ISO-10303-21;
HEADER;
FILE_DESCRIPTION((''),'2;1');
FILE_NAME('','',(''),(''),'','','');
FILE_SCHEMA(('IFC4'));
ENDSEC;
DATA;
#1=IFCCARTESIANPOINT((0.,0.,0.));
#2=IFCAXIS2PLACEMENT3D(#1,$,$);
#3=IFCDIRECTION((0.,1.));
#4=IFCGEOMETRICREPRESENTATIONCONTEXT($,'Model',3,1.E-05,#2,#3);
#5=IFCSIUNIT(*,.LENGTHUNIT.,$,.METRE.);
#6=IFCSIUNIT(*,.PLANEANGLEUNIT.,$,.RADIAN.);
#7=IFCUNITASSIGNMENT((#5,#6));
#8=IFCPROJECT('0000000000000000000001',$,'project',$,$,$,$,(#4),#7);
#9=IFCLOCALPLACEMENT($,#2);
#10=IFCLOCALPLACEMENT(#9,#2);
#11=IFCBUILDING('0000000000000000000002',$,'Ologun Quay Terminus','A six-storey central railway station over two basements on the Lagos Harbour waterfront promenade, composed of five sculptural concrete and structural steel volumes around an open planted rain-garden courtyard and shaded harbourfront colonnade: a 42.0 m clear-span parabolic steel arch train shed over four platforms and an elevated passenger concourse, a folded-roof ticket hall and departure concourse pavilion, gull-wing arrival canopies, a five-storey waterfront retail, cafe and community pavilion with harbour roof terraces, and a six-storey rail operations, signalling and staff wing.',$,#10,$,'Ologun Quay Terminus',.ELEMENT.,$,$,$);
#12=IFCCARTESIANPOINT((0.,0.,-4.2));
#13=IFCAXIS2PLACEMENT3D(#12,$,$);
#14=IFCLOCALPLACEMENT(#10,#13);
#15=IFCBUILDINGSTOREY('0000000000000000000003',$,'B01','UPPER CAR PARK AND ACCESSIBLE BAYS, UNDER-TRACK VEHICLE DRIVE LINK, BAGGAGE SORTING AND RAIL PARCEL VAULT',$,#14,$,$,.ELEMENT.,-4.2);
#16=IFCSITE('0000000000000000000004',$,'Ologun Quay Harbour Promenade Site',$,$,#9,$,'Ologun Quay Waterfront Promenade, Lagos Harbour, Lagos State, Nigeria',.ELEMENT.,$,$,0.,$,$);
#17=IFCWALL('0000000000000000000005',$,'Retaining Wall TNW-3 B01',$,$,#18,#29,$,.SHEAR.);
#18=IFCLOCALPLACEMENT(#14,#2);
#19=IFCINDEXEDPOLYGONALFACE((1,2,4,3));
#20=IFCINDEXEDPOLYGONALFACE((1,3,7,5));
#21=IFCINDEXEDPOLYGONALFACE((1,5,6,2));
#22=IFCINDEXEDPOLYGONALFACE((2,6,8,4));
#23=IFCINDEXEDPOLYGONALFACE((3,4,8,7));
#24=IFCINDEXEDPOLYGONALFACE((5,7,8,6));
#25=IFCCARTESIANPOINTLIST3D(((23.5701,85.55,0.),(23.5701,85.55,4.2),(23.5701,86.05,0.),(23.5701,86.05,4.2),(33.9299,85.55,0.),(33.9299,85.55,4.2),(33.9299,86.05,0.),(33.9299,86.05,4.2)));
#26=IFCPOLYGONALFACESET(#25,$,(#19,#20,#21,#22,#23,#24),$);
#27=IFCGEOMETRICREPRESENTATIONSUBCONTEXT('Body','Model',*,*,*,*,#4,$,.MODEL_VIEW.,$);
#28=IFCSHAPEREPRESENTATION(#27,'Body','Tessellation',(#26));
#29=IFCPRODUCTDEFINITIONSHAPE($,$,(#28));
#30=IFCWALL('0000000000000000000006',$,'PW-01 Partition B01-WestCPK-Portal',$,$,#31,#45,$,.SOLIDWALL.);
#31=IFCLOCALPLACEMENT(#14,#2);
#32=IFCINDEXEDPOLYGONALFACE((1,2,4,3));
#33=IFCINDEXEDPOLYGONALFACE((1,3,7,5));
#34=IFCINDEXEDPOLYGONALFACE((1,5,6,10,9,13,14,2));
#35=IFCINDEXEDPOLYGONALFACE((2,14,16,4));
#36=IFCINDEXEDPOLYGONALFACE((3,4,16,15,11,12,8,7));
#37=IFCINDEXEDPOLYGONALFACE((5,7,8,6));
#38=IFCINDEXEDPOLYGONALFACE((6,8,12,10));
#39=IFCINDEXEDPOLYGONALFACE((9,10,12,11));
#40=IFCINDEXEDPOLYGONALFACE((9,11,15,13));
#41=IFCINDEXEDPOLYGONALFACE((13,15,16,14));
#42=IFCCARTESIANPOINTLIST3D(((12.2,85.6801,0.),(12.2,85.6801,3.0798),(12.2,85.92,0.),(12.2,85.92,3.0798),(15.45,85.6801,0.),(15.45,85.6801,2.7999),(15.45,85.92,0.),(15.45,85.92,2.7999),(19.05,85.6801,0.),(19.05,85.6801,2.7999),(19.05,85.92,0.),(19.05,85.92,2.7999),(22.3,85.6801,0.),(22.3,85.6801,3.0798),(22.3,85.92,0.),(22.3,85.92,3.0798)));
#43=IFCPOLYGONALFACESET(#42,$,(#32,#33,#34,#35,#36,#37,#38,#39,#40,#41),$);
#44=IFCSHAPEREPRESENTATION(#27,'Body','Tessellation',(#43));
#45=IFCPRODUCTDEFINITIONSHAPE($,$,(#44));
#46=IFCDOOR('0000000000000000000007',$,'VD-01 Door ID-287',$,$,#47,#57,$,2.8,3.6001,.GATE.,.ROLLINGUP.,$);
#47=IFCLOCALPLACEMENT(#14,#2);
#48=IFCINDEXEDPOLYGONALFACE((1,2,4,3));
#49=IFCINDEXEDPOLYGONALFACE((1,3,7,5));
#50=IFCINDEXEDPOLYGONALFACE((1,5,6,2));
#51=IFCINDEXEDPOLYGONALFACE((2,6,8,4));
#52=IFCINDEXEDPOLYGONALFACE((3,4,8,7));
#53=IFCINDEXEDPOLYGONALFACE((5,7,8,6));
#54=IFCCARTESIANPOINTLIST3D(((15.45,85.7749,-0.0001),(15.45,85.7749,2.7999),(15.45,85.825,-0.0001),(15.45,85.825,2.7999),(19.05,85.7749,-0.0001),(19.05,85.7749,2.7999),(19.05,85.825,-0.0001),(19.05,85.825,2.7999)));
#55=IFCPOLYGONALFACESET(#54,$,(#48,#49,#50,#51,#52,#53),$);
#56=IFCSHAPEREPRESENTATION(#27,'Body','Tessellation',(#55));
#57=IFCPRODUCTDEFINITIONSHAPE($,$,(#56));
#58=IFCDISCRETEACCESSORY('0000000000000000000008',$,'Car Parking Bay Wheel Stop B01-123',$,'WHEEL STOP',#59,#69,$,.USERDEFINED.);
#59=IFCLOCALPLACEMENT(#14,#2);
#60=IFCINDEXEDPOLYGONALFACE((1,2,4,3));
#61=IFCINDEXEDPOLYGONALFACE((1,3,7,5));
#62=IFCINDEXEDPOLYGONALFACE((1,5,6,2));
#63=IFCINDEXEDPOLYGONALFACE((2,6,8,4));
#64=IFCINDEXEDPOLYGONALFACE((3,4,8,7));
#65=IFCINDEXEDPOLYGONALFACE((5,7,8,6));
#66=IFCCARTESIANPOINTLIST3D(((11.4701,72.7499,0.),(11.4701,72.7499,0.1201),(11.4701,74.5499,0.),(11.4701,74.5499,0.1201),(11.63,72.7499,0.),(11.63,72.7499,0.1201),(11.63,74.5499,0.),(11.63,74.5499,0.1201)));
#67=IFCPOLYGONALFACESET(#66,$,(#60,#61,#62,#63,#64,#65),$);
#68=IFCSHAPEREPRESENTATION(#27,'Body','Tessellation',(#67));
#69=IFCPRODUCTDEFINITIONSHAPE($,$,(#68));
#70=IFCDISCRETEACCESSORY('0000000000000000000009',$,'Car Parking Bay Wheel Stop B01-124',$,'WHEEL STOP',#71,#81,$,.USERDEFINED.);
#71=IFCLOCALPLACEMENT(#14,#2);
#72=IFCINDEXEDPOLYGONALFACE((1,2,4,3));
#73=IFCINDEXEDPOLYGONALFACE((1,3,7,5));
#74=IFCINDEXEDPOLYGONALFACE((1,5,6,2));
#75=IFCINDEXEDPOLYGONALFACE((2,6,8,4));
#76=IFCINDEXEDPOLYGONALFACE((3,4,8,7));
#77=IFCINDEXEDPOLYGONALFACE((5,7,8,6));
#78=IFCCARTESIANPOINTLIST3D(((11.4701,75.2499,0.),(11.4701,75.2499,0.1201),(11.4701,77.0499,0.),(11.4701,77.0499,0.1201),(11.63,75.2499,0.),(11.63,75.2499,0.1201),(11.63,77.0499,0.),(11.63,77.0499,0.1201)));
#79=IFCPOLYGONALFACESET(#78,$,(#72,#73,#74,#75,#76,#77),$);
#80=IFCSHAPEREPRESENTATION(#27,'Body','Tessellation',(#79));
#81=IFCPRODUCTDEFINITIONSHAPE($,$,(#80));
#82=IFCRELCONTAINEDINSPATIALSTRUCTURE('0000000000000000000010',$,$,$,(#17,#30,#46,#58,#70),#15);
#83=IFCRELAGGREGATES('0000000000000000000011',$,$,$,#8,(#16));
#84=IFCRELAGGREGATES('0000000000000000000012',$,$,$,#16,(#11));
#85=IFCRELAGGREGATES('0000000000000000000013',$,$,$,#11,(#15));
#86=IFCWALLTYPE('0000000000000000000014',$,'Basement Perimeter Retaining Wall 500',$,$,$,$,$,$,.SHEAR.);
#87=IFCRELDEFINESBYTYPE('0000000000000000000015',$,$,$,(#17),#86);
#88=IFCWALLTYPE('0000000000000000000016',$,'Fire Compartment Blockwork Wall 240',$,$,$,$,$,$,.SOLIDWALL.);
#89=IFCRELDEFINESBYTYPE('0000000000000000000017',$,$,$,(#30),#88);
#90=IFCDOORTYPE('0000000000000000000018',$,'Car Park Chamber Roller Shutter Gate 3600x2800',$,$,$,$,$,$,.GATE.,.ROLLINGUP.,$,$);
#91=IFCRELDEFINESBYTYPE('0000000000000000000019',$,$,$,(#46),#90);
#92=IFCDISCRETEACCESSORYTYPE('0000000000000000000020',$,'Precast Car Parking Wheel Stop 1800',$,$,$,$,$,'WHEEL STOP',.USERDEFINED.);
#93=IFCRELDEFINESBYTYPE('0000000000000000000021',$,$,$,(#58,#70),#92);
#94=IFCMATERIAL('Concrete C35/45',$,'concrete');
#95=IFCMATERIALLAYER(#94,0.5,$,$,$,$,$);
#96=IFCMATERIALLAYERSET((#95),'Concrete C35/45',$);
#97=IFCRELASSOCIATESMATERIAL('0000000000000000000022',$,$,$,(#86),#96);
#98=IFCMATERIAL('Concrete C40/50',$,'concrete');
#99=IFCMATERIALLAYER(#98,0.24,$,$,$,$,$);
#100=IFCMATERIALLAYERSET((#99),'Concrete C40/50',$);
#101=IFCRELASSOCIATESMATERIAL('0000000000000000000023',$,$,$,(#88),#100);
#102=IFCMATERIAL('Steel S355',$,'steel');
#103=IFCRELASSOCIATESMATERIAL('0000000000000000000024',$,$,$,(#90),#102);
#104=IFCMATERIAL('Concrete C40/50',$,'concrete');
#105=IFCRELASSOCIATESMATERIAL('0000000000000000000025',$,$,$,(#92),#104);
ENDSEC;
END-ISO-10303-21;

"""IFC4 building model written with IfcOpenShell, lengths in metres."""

from ifc_helpers import new_model, si_unit, direction, frame, frame_2d, origin, origin_2d, place, context, subcontext, project, spatial, rectangle, extrude, material, layer, layer_set, type_object, element, fill, save


model = new_model("IFC4")

# Units and contexts
model_context = context("Model", 3, precision=1e-05, world=origin(), true_north=direction((0.0, 1.0)))
body_context = subcontext(model_context, "Body", "Model", "MODEL_VIEW")
ifc_project = project(units=[si_unit("LENGTHUNIT", "METRE"), si_unit("PLANEANGLEUNIT", "RADIAN")], contexts=[model_context])

# Site, building, storey
site_placement = place(None, origin())
site = spatial("IfcSite", under=ifc_project, at=site_placement, Name="Ologun Quay Harbour Promenade Site", LongName="Ologun Quay Waterfront Promenade, Lagos Harbour, Lagos State, Nigeria", CompositionType="ELEMENT", RefElevation=0.0)
building_placement = place(site_placement, origin())
building = spatial("IfcBuilding", under=site, at=building_placement, Name="Ologun Quay Terminus", Description="A six-storey central railway station over two basements on the Lagos Harbour waterfront promenade, composed of five sculptural concrete and structural steel volumes around an open planted rain-garden courtyard and shaded harbourfront colonnade: a 42.0 m clear-span parabolic steel arch train shed over four platforms and an elevated passenger concourse, a folded-roof ticket hall and departure concourse pavilion, gull-wing arrival canopies, a five-storey waterfront retail, cafe and community pavilion with harbour roof terraces, and a six-storey rail operations, signalling and staff wing.", LongName="Ologun Quay Terminus", CompositionType="ELEMENT")
storey_placement = place(building_placement, frame((0.0, 0.0, -4.2)))
storey = spatial("IfcBuildingStorey", under=building, at=storey_placement, Name="B01", Description="UPPER CAR PARK AND ACCESSIBLE BAYS, UNDER-TRACK VEHICLE DRIVE LINK, BAGGAGE SORTING AND RAIL PARCEL VAULT", CompositionType="ELEMENT", Elevation=-4.2)

# Wall
ifc_material_1 = material(Name="Concrete C35/45", Category="concrete")
ifc_layer_1 = layer(ifc_material_1, 0.5)
ifc_layer_set_1 = layer_set([ifc_layer_1], Name="Concrete C35/45")
wall_type_1 = type_object("IfcWallType", Name="Basement Perimeter Retaining Wall 500", PredefinedType="SHEAR", material=ifc_layer_set_1)
wall_1_placement = place(storey_placement, frame((23.5701, 85.8, 0.0), z_axis=(0.0, 0.0, 1.0), x_axis=(1.0, 0.0, 0.0)))
element("IfcWall", 1, at=wall_1_placement, inside=storey, type_object=wall_type_1, Name="Retaining Wall TNW-3 B01", PredefinedType="SHEAR", context=body_context, shape_type="SweptSolid", body=[
    extrude(rectangle(XDim=10.3599, YDim=0.5, at=frame_2d((5.1799, 0.0))), origin(), (0.0, 0.0, 1.0), 4.2),
])

# Wall, opening, door
ifc_material_2 = material(Name="Concrete C40/50", Category="concrete")
ifc_layer_2 = layer(ifc_material_2, 0.24)
ifc_layer_set_2 = layer_set([ifc_layer_2], Name="Concrete C40/50")
wall_type_2 = type_object("IfcWallType", Name="Fire Compartment Blockwork Wall 240", PredefinedType="SOLIDWALL", material=ifc_layer_set_2)
wall_2_placement = place(storey_placement, frame((12.2, 85.8, 0.0), z_axis=(0.0, 0.0, 1.0), x_axis=(1.0, 0.0, 0.0)))
wall_2 = element("IfcWall", 2, at=wall_2_placement, inside=storey, type_object=wall_type_2, Name="PW-01 Partition B01-WestCPK-Portal", PredefinedType="SOLIDWALL", context=body_context, shape_type="SweptSolid", body=[
    extrude(rectangle(XDim=10.1001, YDim=0.24, at=frame_2d((5.05, 0.0))), origin(), (0.0, 0.0, 1.0), 3.0798),
])
opening_placement = place(wall_2_placement, frame((3.25, 0.0, 0.0)))
opening = element("IfcOpeningElement", 3, at=opening_placement, cuts=wall_2, PredefinedType="OPENING", context=body_context, shape_type="SweptSolid", body=[
    extrude(rectangle(XDim=3.6001, YDim=2.8, at=frame_2d((1.8, 1.3999))), frame((0.0, 0.1299, 0.0), z_axis=(0.0, -1.0, 0.0), x_axis=(1.0, 0.0, 0.0)), (0.0, 0.0, 1.0), 0.26),
])
ifc_material_3 = material(Name="Steel S355", Category="steel")
door_type = type_object("IfcDoorType", Name="Car Park Chamber Roller Shutter Gate 3600x2800", OperationType="ROLLINGUP", PredefinedType="GATE", material=ifc_material_3)
door_placement = place(opening_placement, origin())
door = element("IfcDoor", 4, at=door_placement, inside=storey, type_object=door_type, Name="VD-01 Door ID-287", OperationType="ROLLINGUP", OverallHeight=2.8, OverallWidth=3.6001, PredefinedType="GATE", context=body_context, shape_type="SweptSolid", body=[
    extrude(rectangle(XDim=3.6001, YDim=2.8, at=frame_2d((1.8, 1.3999))), frame((0.0, 0.0249, 0.0), z_axis=(0.0, -1.0, 0.0), x_axis=(1.0, 0.0, 0.0)), (0.0, 0.0, 1.0), 0.05),
])
fill(opening, door)

# Discrete accessories
ifc_material_4 = material(Name="Concrete C40/50", Category="concrete")
discrete_accessory_type = type_object("IfcDiscreteAccessoryType", Name="Precast Car Parking Wheel Stop 1800", ElementType="WHEEL STOP", PredefinedType="USERDEFINED", material=ifc_material_4)
for number, where, z_axis, x_axis, name in (
    (5, (11.55, 73.6499, 0.0), (0.0, 0.0, 1.0), (0.0, 1.0, 0.0), "Car Parking Bay Wheel Stop B01-123"),
    (6, (11.55, 76.1499, 0.0), (0.0, 0.0, 1.0), (0.0, 1.0, 0.0), "Car Parking Bay Wheel Stop B01-124"),
):
    element("IfcDiscreteAccessory", number, at=place(storey_placement, frame(where, z_axis=z_axis, x_axis=x_axis)), inside=storey, type_object=discrete_accessory_type, Name=name, ObjectType="WHEEL STOP", PredefinedType="USERDEFINED", context=body_context, shape_type="SweptSolid", body=[
        extrude(rectangle(XDim=1.8, YDim=0.1599, at=origin_2d()), origin(), (0.0, 0.0, 1.0), 0.1201),
    ])

save(model, "model.ifc")
